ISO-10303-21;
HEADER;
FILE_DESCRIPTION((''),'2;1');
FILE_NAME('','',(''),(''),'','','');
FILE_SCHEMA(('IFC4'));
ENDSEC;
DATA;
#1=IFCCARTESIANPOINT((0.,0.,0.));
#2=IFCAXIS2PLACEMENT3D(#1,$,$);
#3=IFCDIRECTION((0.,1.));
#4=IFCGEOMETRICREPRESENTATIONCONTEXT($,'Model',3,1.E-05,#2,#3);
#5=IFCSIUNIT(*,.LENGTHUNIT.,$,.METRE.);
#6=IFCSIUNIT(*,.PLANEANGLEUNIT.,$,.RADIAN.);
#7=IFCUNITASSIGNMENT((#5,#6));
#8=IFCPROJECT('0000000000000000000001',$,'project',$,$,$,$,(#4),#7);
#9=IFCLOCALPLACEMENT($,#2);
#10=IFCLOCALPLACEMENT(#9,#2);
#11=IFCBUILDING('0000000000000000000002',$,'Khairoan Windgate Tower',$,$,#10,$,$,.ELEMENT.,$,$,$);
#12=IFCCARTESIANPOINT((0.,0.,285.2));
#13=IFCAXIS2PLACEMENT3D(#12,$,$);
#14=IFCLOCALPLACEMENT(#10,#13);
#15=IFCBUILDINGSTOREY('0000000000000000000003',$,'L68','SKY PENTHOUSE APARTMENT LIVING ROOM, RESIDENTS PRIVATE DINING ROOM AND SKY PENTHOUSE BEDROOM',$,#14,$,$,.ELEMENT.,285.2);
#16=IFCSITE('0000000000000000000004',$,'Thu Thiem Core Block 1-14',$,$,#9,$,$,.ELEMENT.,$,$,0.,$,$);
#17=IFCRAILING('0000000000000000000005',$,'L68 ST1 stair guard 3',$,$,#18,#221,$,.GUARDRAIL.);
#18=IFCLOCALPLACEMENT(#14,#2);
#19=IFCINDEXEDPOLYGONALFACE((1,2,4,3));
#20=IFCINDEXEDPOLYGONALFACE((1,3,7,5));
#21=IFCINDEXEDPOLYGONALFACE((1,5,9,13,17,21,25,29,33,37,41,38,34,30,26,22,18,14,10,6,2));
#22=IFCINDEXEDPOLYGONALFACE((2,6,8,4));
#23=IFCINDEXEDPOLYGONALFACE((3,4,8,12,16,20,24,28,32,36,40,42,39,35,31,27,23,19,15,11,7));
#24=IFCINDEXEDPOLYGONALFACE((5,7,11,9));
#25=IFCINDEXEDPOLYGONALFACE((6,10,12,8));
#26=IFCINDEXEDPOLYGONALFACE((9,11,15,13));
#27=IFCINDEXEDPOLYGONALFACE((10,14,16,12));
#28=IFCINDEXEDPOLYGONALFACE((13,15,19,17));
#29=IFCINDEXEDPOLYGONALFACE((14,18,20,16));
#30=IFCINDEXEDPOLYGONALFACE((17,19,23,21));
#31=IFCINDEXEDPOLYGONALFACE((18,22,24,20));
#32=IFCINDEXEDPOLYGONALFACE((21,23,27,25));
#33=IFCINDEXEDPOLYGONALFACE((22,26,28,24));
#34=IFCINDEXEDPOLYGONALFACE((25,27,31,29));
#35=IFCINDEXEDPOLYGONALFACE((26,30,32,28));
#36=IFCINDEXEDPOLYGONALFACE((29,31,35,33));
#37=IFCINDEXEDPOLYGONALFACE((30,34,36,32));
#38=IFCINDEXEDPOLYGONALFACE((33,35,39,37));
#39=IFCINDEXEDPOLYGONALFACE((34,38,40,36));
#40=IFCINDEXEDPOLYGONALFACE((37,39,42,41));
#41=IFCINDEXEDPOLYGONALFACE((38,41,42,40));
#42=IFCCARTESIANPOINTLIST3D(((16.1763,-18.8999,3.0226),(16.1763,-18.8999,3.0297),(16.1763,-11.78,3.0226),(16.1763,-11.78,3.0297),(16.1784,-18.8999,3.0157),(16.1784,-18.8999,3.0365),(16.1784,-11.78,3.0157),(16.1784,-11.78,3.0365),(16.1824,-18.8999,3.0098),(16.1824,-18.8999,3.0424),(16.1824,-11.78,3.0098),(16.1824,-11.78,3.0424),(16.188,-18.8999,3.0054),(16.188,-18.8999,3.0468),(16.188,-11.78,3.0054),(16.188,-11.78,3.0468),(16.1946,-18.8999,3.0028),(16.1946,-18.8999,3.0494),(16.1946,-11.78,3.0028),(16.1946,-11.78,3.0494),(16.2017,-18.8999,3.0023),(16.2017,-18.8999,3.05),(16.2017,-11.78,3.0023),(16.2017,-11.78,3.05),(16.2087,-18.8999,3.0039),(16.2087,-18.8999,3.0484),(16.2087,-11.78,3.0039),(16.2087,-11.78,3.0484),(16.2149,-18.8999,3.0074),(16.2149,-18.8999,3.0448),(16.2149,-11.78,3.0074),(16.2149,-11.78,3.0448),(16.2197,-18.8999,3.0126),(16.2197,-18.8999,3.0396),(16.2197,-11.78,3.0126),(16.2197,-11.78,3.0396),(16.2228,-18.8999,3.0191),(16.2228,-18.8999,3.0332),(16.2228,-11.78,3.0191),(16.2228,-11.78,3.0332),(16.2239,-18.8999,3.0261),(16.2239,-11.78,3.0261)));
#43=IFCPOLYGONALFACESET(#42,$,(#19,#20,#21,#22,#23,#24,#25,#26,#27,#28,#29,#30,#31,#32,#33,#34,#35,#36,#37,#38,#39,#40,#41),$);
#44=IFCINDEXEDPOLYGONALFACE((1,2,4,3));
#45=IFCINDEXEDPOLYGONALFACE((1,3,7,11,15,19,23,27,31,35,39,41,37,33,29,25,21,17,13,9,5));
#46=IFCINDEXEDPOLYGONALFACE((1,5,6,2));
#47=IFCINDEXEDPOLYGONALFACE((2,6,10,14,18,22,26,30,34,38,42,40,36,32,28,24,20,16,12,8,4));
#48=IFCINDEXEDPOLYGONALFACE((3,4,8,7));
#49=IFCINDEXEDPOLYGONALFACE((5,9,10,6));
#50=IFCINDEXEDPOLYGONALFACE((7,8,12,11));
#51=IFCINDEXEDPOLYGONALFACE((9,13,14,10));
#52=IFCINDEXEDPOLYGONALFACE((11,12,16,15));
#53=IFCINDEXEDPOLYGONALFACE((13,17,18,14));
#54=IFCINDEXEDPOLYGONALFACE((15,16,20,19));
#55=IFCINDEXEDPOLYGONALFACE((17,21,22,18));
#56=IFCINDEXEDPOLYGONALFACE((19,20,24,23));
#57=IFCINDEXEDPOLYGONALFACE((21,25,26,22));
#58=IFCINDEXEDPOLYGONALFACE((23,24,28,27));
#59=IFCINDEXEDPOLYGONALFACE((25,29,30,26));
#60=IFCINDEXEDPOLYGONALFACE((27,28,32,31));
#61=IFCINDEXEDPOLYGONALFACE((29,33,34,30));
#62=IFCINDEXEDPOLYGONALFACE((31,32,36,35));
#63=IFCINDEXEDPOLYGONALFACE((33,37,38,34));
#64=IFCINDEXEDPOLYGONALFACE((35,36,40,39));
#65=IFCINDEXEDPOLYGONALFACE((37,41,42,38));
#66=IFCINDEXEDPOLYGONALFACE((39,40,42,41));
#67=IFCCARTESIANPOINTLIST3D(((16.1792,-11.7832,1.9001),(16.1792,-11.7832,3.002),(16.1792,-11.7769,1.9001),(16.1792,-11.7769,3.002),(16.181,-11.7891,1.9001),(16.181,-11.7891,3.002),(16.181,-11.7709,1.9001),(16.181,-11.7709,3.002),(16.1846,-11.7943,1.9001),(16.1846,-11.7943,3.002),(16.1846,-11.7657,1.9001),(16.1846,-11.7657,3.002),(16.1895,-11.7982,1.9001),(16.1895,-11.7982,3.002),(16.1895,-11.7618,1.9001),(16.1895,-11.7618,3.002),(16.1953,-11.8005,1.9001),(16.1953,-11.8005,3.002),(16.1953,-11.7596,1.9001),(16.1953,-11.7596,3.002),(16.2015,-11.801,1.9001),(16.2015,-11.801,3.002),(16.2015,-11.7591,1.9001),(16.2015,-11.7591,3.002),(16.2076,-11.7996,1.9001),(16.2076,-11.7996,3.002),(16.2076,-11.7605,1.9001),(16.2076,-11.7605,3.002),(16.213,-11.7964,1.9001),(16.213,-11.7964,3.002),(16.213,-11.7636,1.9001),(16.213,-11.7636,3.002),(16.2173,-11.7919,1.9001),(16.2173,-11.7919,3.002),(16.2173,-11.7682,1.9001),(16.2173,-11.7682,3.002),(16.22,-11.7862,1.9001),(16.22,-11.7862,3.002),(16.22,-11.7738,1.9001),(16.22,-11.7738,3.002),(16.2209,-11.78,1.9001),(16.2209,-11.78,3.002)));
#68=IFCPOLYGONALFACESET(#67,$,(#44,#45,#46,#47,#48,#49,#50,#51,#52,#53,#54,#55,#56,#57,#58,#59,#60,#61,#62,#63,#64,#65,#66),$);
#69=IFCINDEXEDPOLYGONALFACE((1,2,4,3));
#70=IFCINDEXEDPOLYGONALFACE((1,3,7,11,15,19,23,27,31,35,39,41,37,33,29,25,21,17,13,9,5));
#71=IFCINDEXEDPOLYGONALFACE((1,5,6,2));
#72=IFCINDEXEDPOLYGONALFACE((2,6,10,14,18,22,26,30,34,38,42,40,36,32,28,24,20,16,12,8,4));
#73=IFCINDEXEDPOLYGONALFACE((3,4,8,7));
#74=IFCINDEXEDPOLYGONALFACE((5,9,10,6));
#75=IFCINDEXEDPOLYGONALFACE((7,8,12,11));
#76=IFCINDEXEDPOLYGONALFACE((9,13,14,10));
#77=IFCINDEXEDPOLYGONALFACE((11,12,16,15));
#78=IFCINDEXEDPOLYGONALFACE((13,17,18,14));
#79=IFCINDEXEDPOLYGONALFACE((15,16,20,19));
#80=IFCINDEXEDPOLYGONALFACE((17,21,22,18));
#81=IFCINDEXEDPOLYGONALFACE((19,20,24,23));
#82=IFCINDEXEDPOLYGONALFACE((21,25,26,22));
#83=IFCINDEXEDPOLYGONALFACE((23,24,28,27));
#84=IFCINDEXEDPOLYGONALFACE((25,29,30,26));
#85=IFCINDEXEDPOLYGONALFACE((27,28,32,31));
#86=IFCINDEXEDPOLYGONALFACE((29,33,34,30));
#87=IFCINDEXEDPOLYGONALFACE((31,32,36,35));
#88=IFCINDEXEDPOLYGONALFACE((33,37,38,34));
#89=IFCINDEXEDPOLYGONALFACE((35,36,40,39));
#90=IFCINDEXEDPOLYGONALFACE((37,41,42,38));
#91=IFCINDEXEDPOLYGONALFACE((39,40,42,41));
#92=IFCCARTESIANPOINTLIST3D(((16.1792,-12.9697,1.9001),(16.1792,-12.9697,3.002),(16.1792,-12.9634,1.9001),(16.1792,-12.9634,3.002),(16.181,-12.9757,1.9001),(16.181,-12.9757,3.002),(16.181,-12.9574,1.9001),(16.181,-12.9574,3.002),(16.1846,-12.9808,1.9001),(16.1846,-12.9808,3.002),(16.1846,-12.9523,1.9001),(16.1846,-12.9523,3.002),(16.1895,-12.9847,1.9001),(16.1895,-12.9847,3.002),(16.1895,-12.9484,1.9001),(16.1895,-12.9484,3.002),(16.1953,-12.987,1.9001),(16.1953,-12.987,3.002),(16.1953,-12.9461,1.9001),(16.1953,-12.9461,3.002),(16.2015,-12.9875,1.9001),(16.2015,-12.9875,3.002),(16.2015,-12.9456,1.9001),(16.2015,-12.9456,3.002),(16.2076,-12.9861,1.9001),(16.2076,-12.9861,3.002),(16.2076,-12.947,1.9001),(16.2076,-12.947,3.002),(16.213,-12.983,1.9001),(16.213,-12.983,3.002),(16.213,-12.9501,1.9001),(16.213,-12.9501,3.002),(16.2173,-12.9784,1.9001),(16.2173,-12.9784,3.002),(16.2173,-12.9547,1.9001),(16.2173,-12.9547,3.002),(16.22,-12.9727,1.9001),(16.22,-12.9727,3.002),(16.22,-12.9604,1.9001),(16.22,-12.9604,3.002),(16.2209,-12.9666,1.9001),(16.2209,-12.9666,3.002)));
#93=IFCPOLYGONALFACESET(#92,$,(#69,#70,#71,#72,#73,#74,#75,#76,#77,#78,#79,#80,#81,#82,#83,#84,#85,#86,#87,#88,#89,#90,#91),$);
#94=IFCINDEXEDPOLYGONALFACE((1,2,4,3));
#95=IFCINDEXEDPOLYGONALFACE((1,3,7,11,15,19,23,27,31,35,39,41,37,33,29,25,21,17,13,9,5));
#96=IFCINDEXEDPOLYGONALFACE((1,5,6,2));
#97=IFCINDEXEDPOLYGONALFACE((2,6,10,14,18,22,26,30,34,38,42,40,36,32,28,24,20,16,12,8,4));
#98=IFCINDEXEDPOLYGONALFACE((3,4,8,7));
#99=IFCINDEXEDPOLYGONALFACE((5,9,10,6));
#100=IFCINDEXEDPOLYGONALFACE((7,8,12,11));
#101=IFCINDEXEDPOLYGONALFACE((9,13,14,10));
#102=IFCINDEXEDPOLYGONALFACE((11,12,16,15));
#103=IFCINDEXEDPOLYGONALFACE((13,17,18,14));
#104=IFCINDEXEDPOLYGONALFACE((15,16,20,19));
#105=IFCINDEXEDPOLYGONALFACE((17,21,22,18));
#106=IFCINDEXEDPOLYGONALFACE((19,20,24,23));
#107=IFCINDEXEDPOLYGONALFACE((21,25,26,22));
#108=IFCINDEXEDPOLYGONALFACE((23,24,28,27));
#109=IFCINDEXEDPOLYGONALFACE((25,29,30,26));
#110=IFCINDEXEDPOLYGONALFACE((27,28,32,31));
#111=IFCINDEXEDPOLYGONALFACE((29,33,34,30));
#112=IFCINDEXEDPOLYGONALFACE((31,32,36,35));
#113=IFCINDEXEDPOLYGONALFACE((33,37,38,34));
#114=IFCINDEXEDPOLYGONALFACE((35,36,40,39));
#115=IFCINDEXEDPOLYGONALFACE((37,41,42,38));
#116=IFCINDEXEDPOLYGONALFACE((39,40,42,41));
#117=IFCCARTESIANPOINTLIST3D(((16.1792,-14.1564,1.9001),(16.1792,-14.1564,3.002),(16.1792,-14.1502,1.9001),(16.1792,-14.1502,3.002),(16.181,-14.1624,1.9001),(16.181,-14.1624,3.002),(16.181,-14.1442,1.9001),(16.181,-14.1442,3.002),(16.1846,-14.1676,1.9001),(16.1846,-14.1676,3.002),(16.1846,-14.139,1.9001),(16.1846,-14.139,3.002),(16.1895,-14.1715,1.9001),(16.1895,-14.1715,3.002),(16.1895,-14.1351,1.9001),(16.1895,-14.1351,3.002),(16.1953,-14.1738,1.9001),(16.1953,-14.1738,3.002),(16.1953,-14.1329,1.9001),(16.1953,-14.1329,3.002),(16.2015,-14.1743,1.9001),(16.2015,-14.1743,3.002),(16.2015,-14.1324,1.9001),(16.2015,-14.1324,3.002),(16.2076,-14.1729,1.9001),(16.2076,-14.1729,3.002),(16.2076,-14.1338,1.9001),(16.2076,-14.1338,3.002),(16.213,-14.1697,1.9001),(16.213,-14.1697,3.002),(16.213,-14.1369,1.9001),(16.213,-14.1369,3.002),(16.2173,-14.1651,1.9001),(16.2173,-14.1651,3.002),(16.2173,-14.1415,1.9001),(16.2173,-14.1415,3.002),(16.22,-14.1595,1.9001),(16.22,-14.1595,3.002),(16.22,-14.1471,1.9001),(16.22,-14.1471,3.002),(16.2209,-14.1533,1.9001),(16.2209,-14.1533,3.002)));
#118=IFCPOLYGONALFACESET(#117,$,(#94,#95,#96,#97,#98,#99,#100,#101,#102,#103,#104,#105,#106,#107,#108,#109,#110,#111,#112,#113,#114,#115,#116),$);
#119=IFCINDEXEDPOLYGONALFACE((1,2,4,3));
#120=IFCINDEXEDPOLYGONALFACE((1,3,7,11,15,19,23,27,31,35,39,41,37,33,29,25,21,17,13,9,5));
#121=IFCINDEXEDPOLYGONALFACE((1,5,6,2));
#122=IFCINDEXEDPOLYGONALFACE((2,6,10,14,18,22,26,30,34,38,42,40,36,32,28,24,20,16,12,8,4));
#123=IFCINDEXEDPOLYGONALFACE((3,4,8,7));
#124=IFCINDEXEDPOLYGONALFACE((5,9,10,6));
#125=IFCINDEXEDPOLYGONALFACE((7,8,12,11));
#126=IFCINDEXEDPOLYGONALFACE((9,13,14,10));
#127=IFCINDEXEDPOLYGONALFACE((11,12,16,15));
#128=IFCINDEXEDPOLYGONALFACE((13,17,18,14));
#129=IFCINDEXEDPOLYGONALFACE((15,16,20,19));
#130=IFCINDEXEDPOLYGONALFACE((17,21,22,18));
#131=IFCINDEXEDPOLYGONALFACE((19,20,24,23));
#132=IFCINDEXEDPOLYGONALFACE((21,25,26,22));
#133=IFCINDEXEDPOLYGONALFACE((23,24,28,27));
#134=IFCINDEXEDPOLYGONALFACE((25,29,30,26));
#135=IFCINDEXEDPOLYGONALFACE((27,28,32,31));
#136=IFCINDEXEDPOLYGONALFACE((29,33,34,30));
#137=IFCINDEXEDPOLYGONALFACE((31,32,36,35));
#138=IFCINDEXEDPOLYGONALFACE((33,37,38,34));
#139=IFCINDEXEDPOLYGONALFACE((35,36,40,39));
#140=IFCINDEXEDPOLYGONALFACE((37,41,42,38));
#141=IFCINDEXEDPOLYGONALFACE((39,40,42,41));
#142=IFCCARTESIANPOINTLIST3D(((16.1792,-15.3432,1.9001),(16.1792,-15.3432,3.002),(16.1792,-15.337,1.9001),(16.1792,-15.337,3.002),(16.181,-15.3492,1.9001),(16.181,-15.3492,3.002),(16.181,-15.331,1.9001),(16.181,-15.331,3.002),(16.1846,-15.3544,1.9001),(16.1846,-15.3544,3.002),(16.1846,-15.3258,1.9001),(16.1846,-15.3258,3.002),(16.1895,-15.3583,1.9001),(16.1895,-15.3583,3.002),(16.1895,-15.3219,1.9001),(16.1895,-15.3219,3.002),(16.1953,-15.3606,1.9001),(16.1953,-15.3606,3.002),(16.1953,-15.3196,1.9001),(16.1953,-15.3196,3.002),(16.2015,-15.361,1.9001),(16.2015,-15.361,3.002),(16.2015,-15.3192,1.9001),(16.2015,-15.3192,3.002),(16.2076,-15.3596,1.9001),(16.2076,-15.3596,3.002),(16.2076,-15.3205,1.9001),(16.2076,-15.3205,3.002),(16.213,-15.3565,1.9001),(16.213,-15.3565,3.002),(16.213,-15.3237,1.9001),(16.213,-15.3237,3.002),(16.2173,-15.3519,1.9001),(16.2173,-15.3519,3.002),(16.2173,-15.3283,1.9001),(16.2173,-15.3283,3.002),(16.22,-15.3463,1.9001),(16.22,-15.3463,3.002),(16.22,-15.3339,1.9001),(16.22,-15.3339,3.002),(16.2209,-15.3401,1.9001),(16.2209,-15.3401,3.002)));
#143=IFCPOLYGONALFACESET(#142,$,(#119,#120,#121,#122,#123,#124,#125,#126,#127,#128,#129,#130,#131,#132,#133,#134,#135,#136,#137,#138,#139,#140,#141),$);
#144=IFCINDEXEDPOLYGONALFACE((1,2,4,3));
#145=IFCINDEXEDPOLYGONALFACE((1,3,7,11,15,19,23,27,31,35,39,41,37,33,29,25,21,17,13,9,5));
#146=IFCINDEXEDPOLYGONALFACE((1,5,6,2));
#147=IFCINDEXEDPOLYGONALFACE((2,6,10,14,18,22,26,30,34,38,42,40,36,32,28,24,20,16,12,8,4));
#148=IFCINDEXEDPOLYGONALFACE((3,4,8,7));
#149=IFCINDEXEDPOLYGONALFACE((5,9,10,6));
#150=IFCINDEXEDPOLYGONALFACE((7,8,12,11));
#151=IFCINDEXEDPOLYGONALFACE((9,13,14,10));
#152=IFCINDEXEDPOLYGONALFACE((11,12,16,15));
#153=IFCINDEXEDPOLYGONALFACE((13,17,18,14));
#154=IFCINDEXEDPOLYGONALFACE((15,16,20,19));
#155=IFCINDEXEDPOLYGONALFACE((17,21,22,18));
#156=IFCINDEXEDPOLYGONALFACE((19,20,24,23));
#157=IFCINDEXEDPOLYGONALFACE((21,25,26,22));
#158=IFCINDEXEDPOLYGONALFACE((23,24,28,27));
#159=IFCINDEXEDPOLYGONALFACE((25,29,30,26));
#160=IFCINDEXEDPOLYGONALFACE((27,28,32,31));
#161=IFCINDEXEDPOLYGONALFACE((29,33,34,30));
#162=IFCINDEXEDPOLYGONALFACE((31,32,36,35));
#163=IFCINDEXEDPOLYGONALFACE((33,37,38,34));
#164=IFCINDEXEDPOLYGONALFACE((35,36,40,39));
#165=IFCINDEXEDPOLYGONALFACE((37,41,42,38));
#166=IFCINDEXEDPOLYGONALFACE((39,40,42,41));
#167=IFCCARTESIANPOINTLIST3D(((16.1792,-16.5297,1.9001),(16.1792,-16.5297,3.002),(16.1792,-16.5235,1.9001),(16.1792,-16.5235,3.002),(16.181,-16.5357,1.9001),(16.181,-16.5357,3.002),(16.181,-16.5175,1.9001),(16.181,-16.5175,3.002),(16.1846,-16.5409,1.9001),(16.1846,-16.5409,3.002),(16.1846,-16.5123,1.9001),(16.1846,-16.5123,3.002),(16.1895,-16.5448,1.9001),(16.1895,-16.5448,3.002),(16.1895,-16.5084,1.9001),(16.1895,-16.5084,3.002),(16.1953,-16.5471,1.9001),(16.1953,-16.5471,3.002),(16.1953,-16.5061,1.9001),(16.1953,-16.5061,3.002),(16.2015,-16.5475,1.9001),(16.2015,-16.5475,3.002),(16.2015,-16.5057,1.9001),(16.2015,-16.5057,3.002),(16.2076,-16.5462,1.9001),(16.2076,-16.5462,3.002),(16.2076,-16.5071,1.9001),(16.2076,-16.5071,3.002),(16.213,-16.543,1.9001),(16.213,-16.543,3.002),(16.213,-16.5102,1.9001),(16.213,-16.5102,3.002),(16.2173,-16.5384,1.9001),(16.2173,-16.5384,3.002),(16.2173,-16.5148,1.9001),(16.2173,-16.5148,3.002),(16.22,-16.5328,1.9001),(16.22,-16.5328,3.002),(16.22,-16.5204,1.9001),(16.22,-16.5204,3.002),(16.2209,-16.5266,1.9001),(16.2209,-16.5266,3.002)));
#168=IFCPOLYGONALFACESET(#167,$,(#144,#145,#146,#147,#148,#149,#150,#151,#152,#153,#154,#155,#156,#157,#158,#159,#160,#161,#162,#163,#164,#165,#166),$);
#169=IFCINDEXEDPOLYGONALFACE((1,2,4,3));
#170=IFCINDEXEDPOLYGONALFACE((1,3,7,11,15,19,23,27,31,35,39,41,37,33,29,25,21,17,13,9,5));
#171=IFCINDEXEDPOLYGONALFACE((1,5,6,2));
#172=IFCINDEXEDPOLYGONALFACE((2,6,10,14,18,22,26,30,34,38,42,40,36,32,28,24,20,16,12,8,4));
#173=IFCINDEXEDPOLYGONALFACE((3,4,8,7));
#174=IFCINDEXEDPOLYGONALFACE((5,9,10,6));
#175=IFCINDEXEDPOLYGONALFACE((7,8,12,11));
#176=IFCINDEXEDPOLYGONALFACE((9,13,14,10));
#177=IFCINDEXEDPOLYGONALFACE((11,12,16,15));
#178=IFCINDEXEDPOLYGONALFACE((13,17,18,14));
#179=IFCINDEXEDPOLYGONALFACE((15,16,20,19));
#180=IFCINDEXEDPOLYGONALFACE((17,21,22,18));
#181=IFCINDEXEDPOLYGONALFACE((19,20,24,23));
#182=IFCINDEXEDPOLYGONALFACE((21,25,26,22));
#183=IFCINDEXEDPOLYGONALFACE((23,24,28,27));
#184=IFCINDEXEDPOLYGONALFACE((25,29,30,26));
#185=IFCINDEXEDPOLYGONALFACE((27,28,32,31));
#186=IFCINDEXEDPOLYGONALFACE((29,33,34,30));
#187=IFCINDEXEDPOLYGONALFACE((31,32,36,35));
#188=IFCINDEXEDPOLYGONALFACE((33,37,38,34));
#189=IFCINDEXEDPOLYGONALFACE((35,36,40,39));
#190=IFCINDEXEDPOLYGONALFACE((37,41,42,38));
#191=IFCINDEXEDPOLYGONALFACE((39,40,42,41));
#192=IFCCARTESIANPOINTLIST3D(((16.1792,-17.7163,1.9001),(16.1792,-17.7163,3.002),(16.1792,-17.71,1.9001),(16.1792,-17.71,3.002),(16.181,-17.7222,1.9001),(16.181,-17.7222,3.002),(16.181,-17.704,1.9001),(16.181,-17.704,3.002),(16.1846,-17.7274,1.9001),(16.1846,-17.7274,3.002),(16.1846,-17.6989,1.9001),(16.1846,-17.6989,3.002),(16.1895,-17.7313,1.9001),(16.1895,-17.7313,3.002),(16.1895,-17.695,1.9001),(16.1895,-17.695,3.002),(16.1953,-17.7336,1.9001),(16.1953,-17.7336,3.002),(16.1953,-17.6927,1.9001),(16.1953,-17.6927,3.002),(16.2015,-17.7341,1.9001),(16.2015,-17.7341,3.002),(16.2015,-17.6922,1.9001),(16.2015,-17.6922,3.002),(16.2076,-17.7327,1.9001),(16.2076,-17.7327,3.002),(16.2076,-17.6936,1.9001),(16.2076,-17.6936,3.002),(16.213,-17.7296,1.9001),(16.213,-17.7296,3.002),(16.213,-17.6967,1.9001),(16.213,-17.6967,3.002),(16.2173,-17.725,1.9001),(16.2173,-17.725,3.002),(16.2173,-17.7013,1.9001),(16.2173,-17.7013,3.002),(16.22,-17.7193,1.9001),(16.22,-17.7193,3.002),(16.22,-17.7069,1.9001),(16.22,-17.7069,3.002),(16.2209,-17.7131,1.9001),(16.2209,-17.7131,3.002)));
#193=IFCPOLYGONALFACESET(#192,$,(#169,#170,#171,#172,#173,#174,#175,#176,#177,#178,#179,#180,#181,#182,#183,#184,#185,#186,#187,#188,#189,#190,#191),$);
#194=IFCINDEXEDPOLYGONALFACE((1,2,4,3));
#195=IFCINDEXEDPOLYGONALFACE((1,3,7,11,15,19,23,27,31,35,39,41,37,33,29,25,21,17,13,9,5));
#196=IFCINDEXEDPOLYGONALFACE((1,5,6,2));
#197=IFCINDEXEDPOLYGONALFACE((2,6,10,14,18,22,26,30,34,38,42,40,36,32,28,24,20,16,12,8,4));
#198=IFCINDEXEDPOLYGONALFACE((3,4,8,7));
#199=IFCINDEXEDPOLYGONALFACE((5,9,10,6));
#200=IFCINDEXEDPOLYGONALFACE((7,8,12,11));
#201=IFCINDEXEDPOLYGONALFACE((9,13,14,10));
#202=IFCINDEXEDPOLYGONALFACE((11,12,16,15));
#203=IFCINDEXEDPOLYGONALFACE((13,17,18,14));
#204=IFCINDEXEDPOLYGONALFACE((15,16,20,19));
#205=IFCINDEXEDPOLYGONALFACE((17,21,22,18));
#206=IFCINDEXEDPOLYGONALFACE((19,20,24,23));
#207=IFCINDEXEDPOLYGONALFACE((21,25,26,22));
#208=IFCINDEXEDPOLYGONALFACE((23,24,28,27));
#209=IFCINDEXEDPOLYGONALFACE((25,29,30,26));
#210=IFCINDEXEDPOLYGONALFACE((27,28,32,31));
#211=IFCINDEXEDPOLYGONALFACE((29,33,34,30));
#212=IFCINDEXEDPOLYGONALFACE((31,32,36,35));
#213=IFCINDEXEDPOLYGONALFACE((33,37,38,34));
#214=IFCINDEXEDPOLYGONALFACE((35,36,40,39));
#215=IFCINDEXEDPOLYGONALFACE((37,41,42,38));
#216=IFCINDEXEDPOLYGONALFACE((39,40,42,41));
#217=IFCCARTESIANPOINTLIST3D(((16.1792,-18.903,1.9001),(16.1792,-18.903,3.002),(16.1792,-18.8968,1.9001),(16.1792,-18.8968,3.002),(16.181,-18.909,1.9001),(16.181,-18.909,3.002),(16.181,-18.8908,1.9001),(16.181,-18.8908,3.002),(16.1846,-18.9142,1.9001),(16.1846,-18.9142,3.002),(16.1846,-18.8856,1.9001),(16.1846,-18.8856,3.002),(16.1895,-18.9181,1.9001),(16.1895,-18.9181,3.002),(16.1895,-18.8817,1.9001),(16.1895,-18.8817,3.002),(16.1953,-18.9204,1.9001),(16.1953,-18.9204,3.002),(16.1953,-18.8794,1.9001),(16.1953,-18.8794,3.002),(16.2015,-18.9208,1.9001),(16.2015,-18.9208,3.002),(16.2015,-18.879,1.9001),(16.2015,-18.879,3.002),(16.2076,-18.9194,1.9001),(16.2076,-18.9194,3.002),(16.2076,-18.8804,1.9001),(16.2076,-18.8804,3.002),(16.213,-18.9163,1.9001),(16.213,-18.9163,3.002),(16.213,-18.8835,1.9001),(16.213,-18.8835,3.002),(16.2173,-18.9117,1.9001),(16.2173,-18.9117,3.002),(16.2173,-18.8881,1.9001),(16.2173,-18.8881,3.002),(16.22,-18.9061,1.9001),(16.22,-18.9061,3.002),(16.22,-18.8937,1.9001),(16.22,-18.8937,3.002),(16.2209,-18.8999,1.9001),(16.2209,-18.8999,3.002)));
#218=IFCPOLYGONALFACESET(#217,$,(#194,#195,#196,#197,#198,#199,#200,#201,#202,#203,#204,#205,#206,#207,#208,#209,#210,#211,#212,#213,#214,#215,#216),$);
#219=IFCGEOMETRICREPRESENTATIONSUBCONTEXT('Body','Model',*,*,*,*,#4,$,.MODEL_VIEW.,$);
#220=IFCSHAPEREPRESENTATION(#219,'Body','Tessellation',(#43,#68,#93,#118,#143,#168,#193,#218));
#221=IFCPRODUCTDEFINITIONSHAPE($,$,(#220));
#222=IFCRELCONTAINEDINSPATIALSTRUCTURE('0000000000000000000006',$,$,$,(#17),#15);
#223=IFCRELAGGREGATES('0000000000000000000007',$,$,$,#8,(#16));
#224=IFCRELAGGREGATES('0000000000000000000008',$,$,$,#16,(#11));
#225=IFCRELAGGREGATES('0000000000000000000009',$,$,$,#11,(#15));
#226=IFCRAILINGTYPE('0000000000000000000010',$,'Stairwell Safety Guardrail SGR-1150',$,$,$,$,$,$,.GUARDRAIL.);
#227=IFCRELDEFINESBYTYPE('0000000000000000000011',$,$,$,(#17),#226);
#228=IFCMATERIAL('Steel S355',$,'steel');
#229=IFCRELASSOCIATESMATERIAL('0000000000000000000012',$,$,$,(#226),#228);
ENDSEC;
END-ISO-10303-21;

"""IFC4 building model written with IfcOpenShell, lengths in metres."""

from ifc_helpers import new_model, si_unit, direction, frame, origin, origin_2d, place, context, subcontext, project, spatial, circle, extrude, material, type_object, element, save


model = new_model("IFC4")

# Units and contexts
model_context = context("Model", 3, precision=1e-05, world=origin(), true_north=direction((0.0, 1.0)))
body_context = subcontext(model_context, "Body", "Model", "MODEL_VIEW")
ifc_project = project(units=[si_unit("LENGTHUNIT", "METRE"), si_unit("PLANEANGLEUNIT", "RADIAN")], contexts=[model_context])

# Site, building, storey
site_placement = place(None, origin())
site = spatial("IfcSite", under=ifc_project, at=site_placement, Name="Thu Thiem Core Block 1-14", CompositionType="ELEMENT", RefElevation=0.0)
building_placement = place(site_placement, origin())
building = spatial("IfcBuilding", under=site, at=building_placement, Name="Khairoan Windgate Tower", CompositionType="ELEMENT")
storey_placement = place(building_placement, frame((0.0, 0.0, 285.2)))
storey = spatial("IfcBuildingStorey", under=building, at=storey_placement, Name="L68", Description="SKY PENTHOUSE APARTMENT LIVING ROOM, RESIDENTS PRIVATE DINING ROOM AND SKY PENTHOUSE BEDROOM", CompositionType="ELEMENT", Elevation=285.2)

# Railing
ifc_material_1 = material(Name="Steel S355", Category="steel")
railing_type_1 = type_object("IfcRailingType", Name="Stairwell Safety Guardrail SGR-1150", PredefinedType="GUARDRAIL", material=ifc_material_1)
railing_1_placement = place(storey_placement, frame((16.2, -11.78, 1.9001)))
element("IfcRailing", 1, at=railing_1_placement, inside=storey, type_object=railing_type_1, Name="L68 ST1 stair guard 3", PredefinedType="GUARDRAIL", context=body_context, shape_type="SweptSolid", body=[
    extrude(circle(Radius=0.0239, at=origin_2d()), frame((0.0, 0.0, 1.126), z_axis=(0.0, -1.0, 0.0), x_axis=(1.0, 0.0, 0.0)), (0.0, 0.0, 1.0), 7.1199),
    extrude(circle(Radius=0.021, at=origin_2d()), origin(), (0.0, 0.0, 1.0), 1.1018),
    extrude(circle(Radius=0.021, at=origin_2d()), frame((0.0, -1.1865, 0.0)), (0.0, 0.0, 1.0), 1.1018),
    extrude(circle(Radius=0.021, at=origin_2d()), frame((0.0, -2.3733, 0.0)), (0.0, 0.0, 1.0), 1.1018),
    extrude(circle(Radius=0.021, at=origin_2d()), frame((0.0, -3.5601, 0.0)), (0.0, 0.0, 1.0), 1.1018),
    extrude(circle(Radius=0.021, at=origin_2d()), frame((0.0, -4.7466, 0.0)), (0.0, 0.0, 1.0), 1.1018),
    extrude(circle(Radius=0.021, at=origin_2d()), frame((0.0, -5.9331, 0.0)), (0.0, 0.0, 1.0), 1.1018),
    extrude(circle(Radius=0.021, at=origin_2d()), frame((0.0, -7.1199, 0.0)), (0.0, 0.0, 1.0), 1.1018),
])

save(model, "model.ifc")
